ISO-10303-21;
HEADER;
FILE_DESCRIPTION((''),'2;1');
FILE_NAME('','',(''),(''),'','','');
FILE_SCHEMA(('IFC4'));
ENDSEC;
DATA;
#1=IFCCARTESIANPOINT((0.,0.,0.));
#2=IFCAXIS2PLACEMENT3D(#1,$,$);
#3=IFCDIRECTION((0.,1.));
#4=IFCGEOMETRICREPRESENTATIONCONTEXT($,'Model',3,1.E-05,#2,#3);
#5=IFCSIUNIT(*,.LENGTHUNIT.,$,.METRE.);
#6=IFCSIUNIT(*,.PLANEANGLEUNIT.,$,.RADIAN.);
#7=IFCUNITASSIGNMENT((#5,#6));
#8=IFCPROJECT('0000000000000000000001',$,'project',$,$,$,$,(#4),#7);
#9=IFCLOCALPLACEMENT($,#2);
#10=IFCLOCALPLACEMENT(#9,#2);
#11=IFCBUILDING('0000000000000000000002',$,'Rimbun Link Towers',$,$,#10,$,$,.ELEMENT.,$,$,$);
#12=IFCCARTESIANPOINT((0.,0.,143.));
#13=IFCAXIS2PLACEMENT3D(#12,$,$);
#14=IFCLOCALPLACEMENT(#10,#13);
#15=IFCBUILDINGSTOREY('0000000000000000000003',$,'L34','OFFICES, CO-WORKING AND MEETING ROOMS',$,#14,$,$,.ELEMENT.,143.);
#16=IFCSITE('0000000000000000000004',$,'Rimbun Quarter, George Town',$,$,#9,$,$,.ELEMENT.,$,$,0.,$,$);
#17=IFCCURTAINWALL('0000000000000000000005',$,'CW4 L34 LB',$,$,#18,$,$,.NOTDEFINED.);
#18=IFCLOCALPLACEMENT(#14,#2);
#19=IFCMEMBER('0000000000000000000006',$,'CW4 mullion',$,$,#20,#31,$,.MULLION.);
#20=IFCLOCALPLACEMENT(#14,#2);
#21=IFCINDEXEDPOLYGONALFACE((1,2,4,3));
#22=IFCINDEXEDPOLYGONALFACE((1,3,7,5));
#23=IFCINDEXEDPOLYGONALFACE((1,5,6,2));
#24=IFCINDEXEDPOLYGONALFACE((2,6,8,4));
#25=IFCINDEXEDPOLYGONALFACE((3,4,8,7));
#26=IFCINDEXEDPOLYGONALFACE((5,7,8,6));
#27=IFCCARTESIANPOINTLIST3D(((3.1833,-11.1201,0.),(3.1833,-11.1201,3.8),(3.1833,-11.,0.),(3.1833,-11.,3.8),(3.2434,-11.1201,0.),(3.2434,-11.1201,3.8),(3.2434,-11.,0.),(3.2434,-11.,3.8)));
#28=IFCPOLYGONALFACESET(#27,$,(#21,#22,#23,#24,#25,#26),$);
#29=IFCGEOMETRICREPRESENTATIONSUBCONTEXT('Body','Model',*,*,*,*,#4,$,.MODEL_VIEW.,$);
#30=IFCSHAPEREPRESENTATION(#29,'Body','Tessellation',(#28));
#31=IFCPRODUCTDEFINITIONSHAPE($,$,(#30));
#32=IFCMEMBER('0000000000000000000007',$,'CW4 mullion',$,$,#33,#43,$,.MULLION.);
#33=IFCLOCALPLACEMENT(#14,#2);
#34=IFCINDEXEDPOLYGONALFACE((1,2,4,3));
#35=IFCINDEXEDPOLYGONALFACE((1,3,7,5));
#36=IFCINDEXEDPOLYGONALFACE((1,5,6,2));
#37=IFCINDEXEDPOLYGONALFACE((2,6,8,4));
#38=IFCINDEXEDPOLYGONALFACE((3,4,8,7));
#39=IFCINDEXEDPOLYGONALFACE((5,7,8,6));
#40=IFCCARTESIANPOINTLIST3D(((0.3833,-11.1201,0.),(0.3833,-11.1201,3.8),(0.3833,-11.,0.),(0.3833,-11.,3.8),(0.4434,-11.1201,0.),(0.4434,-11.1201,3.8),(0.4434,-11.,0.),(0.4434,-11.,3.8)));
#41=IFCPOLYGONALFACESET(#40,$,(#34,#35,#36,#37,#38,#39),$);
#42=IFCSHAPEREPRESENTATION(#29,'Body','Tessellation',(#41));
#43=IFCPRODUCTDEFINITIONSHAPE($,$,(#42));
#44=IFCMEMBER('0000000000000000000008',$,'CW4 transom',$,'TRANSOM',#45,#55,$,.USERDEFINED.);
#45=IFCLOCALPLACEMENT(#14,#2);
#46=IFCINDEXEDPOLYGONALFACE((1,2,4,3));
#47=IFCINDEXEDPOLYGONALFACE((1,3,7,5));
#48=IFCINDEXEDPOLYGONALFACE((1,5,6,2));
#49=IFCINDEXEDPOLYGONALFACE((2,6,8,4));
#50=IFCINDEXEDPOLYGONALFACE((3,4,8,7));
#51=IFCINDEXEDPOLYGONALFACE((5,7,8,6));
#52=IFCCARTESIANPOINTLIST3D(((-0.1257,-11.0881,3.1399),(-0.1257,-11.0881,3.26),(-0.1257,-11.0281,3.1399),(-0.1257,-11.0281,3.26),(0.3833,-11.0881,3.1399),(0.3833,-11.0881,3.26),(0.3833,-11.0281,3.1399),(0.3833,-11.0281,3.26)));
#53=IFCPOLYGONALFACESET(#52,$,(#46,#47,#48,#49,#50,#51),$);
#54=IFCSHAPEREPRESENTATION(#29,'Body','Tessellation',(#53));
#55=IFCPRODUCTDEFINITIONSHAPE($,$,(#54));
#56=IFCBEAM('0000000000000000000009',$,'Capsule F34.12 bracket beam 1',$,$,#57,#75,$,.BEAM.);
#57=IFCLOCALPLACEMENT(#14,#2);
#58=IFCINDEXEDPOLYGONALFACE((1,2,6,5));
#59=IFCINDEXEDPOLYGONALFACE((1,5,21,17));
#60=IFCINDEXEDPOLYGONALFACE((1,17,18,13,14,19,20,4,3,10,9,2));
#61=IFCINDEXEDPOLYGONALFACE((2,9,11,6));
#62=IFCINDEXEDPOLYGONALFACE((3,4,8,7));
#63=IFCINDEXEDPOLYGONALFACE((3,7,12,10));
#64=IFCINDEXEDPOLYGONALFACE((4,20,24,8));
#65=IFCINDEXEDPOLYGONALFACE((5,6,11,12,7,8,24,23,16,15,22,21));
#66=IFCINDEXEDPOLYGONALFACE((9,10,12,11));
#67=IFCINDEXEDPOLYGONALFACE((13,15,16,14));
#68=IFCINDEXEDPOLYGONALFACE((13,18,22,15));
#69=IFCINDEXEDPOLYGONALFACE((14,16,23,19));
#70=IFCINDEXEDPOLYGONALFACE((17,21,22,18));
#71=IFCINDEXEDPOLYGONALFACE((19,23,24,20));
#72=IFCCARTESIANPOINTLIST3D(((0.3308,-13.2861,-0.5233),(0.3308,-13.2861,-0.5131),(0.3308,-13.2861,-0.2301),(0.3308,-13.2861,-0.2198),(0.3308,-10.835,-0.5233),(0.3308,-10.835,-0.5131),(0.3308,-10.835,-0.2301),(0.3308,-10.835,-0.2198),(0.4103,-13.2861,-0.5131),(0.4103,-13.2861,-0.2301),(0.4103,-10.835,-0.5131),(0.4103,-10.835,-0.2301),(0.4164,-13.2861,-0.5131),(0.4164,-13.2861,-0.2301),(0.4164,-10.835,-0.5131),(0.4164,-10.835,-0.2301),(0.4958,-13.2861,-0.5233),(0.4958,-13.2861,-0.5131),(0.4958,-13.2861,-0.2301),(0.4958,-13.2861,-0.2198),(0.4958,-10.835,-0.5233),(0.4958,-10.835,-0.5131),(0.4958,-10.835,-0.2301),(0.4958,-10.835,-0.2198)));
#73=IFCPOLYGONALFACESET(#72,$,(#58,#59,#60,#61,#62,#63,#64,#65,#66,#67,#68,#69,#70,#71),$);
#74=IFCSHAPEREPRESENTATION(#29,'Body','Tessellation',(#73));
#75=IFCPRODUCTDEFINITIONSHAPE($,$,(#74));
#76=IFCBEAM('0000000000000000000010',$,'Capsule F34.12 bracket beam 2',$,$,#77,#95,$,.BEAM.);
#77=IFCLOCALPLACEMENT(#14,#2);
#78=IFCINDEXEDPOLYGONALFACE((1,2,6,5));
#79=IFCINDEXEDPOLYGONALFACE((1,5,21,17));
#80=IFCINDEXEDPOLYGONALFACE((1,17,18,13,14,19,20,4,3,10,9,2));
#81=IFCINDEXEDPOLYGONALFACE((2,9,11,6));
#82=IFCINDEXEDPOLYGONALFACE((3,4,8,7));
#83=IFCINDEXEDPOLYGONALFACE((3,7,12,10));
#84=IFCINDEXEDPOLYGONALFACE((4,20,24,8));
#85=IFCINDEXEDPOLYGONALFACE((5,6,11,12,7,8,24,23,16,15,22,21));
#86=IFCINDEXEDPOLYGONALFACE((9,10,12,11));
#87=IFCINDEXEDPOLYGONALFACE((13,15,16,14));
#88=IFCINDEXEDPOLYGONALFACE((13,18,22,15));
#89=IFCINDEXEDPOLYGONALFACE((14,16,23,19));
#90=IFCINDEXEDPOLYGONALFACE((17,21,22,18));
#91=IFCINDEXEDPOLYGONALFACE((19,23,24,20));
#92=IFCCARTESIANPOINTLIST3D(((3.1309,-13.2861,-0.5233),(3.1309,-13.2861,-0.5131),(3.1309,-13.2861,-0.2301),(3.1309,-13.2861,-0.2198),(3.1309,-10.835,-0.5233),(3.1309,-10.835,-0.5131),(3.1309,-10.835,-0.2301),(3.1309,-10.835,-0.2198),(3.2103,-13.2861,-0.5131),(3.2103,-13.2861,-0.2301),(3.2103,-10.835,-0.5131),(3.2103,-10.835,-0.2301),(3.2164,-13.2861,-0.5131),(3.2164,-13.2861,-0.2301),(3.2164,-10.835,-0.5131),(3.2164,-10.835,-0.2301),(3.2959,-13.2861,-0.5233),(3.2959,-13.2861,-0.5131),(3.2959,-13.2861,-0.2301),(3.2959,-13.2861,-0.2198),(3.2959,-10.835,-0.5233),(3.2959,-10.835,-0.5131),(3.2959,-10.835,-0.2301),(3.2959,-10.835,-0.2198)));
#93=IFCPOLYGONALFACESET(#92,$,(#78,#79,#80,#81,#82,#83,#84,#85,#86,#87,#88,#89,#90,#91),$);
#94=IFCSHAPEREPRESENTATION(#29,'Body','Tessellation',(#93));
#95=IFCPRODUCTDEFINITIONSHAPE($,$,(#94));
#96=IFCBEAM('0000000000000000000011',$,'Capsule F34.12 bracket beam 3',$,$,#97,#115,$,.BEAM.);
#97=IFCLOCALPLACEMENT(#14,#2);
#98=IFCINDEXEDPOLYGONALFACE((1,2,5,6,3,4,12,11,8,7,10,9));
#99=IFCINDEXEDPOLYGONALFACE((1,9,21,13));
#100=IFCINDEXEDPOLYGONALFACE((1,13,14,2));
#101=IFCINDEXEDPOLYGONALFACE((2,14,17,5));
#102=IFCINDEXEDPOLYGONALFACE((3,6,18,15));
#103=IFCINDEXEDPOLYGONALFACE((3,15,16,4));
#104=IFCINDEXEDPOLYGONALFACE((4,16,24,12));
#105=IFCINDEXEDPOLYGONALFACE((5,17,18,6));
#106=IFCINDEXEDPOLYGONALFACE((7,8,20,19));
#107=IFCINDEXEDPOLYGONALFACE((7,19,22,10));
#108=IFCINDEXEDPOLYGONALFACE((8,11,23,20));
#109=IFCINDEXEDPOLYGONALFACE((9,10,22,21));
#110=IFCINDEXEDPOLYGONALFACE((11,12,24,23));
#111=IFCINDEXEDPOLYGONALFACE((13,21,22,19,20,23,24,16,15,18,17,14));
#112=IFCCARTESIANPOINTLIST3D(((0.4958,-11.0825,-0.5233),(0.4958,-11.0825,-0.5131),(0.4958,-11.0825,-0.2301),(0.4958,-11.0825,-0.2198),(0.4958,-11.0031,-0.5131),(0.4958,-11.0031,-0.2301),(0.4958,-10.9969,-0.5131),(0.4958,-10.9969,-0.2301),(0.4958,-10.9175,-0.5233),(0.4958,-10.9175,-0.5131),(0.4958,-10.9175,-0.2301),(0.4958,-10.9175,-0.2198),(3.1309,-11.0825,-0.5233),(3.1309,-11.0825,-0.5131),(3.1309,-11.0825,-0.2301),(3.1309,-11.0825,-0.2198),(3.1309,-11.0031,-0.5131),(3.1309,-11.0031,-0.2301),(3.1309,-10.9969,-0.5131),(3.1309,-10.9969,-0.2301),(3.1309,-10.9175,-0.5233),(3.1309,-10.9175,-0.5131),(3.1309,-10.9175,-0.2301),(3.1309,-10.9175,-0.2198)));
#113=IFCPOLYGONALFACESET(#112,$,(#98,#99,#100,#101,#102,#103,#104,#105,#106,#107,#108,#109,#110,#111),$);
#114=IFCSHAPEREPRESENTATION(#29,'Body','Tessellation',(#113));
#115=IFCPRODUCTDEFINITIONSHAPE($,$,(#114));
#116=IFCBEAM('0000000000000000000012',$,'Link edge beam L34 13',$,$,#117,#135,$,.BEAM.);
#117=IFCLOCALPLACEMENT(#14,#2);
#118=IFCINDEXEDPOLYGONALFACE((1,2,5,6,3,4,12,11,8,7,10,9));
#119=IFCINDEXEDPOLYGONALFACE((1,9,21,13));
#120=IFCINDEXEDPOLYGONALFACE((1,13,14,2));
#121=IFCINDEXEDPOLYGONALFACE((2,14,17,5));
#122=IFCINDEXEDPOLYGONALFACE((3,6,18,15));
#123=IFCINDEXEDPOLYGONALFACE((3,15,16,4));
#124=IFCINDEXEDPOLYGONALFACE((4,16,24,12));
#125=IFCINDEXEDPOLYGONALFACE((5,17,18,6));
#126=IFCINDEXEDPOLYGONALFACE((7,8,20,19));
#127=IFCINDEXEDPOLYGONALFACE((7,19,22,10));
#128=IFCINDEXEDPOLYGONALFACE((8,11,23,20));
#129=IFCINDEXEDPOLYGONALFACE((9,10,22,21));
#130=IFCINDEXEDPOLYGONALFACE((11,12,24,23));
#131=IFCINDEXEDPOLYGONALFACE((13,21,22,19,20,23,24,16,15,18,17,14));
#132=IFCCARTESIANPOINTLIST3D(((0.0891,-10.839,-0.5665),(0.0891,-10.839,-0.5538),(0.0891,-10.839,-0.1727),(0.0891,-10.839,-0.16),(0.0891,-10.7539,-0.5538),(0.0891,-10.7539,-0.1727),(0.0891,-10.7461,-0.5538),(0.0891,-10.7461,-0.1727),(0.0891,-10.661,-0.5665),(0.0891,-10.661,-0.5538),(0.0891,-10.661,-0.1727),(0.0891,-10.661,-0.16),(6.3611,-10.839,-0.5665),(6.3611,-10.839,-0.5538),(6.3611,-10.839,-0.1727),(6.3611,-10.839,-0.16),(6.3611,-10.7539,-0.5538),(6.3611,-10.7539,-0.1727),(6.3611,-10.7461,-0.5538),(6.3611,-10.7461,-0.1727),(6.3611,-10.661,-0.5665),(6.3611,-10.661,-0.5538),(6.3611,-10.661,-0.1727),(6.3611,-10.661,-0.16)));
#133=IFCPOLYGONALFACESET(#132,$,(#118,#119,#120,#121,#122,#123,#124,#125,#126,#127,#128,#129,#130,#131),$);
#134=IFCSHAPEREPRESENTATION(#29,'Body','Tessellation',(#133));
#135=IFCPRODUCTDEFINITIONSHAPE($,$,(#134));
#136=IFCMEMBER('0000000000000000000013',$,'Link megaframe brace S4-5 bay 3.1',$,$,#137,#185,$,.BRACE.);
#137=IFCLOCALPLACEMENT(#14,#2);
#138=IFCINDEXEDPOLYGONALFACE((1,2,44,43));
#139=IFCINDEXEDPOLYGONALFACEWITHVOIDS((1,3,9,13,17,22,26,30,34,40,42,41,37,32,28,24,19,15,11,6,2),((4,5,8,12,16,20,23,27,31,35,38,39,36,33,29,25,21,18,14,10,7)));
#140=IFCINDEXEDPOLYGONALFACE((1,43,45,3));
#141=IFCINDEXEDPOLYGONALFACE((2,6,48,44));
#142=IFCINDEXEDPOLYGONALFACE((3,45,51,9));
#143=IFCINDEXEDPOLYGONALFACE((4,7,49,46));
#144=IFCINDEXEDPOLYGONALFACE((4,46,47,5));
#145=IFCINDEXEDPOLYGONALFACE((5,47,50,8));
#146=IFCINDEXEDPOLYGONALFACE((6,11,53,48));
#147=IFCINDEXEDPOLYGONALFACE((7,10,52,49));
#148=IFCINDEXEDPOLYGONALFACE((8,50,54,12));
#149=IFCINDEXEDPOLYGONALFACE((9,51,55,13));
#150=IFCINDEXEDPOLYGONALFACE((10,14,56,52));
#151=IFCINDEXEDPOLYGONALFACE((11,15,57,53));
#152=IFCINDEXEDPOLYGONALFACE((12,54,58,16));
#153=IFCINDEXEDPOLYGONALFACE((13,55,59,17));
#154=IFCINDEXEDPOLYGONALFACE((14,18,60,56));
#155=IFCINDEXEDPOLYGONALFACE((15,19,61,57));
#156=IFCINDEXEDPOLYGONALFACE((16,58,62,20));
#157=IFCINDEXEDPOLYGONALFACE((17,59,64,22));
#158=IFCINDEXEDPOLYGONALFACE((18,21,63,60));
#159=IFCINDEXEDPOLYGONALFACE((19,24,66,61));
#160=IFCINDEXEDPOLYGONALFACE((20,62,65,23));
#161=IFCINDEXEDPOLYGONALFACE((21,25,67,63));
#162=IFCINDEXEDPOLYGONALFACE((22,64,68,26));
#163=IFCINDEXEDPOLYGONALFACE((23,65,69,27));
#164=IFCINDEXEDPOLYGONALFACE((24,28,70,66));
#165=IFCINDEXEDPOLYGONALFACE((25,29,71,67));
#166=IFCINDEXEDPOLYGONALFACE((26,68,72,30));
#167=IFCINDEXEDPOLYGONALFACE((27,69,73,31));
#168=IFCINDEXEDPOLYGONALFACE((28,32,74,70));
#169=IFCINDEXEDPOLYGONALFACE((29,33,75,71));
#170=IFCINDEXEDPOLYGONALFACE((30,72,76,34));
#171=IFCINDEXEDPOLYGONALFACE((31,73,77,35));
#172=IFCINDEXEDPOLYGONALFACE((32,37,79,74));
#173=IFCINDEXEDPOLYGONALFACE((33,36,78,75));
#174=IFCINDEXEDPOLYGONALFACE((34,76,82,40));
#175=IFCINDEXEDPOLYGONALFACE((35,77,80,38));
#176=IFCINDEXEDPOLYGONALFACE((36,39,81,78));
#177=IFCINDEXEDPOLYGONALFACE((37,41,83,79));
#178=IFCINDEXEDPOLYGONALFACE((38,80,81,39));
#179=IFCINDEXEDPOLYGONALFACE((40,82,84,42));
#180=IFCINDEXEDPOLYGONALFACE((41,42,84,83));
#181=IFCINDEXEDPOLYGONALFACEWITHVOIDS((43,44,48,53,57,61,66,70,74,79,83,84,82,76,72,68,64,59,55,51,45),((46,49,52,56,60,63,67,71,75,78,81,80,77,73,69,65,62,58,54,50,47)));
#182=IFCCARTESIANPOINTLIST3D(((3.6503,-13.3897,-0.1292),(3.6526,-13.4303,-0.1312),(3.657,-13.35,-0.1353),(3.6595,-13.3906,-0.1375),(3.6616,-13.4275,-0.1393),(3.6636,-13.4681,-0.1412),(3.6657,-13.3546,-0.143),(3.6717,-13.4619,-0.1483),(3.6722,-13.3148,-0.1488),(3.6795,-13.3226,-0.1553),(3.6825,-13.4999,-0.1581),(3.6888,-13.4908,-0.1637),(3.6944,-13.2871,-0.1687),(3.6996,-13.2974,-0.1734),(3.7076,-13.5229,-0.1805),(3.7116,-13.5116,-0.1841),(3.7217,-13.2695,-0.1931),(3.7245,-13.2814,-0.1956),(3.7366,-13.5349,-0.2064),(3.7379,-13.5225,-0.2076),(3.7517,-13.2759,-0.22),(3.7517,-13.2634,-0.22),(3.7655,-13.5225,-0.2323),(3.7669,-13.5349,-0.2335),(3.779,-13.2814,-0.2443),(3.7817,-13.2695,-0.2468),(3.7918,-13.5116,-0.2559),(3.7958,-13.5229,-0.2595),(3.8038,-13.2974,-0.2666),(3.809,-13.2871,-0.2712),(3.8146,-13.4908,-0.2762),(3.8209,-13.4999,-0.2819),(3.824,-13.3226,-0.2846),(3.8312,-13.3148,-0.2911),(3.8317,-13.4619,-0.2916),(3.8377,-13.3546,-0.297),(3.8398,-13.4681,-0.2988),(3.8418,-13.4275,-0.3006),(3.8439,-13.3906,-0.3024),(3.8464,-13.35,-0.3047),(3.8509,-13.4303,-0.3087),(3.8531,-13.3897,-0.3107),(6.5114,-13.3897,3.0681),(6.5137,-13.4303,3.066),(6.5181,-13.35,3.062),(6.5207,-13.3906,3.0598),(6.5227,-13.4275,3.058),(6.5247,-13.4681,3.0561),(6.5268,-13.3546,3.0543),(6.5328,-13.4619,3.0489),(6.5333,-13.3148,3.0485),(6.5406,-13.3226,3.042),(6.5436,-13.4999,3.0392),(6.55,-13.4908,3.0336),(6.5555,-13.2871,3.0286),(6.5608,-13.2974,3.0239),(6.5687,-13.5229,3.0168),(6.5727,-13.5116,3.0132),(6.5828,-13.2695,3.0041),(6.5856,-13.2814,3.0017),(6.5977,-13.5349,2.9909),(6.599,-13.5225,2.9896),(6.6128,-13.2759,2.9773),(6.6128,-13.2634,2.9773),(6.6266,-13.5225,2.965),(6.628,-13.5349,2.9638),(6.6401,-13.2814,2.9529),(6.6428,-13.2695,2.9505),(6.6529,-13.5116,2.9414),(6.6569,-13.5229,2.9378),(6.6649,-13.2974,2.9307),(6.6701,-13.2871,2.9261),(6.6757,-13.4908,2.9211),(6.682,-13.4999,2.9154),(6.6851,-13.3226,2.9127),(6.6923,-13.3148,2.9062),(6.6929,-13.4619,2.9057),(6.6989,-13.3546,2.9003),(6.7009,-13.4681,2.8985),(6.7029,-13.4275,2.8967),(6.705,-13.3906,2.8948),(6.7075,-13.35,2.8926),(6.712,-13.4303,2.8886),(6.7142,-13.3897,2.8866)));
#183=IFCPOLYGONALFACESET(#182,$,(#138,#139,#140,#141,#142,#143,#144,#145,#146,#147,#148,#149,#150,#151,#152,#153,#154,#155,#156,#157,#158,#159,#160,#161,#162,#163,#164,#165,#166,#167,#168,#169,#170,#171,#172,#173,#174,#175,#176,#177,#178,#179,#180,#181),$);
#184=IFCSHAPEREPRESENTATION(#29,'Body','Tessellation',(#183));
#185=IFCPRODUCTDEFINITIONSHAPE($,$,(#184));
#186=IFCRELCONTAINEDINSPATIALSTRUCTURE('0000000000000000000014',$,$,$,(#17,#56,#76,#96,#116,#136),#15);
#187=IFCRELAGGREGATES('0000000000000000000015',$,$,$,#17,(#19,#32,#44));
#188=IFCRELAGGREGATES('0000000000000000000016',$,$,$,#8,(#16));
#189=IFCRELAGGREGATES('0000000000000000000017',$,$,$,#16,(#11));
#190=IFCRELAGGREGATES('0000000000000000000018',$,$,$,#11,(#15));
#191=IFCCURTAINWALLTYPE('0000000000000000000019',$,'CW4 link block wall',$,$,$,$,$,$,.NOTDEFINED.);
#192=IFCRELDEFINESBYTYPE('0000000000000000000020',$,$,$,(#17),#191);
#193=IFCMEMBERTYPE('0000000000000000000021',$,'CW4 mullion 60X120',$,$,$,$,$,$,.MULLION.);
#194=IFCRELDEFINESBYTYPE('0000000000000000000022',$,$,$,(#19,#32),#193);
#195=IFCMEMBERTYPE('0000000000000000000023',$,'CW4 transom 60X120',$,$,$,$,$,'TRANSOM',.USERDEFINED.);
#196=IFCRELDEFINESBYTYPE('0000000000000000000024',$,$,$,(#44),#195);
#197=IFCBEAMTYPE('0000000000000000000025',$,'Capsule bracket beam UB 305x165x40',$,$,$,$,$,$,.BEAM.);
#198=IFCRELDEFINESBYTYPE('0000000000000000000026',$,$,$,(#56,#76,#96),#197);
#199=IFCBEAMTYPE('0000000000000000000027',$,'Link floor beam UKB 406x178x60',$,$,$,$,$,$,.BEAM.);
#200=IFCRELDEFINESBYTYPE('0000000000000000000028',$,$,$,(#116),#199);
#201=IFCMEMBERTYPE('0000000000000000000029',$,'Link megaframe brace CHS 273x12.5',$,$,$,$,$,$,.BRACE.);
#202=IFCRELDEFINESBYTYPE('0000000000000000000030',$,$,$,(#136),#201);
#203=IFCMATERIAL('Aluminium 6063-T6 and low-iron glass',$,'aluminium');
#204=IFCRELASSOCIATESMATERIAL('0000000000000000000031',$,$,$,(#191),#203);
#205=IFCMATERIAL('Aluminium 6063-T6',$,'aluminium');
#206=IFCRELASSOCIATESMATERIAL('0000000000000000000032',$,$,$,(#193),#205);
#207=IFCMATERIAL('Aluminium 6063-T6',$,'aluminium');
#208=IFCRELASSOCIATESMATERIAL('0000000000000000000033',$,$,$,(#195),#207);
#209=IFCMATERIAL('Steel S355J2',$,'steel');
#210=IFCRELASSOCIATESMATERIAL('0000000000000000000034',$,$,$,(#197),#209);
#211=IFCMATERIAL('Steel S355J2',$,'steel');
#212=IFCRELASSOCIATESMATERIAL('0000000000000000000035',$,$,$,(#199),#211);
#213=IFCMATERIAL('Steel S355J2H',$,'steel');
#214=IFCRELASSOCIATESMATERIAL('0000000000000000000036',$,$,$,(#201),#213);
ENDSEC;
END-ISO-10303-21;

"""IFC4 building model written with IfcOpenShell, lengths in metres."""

from ifc_helpers import new_model, si_unit, direction, frame, origin, origin_2d, place, context, subcontext, project, spatial, rectangle, hollow_circle, i_section, extrude, material, material_profile, profile_set, type_object, element, aggregate, save


model = new_model("IFC4")

# Units and contexts
model_context = context("Model", 3, precision=1e-05, world=origin(), true_north=direction((0.0, 1.0)))
body_context = subcontext(model_context, "Body", "Model", "MODEL_VIEW")
ifc_project = project(units=[si_unit("LENGTHUNIT", "METRE"), si_unit("PLANEANGLEUNIT", "RADIAN")], contexts=[model_context])

# Site, building, storey
site_placement = place(None, origin())
site = spatial("IfcSite", under=ifc_project, at=site_placement, Name="Rimbun Quarter, George Town", CompositionType="ELEMENT", RefElevation=0.0)
building_placement = place(site_placement, origin())
building = spatial("IfcBuilding", under=site, at=building_placement, Name="Rimbun Link Towers", CompositionType="ELEMENT")
storey_placement = place(building_placement, frame((0.0, 0.0, 143.0)))
storey = spatial("IfcBuildingStorey", under=building, at=storey_placement, Name="L34", Description="OFFICES, CO-WORKING AND MEETING ROOMS", CompositionType="ELEMENT", Elevation=143.0)

# Curtain wall, members
ifc_material_1 = material(Name="Aluminium 6063-T6 and low-iron glass", Category="aluminium")
curtain_wall_type = type_object("IfcCurtainWallType", Name="CW4 link block wall", PredefinedType="NOTDEFINED", material=ifc_material_1)
curtain_wall_placement = place(storey_placement, origin())
curtain_wall = element("IfcCurtainWall", 1, at=curtain_wall_placement, inside=storey, type_object=curtain_wall_type, Name="CW4 L34 LB", PredefinedType="NOTDEFINED")
ifc_material_2 = material(Name="Aluminium 6063-T6", Category="aluminium")
ifc_material_profile_1 = material_profile(ifc_material_2, rectangle(XDim=0.1201, YDim=0.0601, at=origin_2d()), Name="MULLION 60X120")
ifc_profile_set_1 = profile_set([ifc_material_profile_1], Name="Aluminium 6063-T6")
member_type_1 = type_object("IfcMemberType", Name="CW4 mullion 60X120", PredefinedType="MULLION", material=ifc_profile_set_1)
member_1_placement = place(storey_placement, frame((3.2134, -11.0601, 0.0), z_axis=(0.0, 0.0, 1.0), x_axis=(0.0, -1.0, 0.0)))
member_1 = element("IfcMember", 2, at=member_1_placement, type_object=member_type_1, Name="CW4 mullion", PredefinedType="MULLION", context=body_context, shape_type="SweptSolid", body=[
    extrude(rectangle(XDim=0.1201, YDim=0.0601, at=origin_2d()), origin(), (0.0, 0.0, 1.0), 3.8),
])
member_2_placement = place(storey_placement, frame((0.4133, -11.0601, 0.0), z_axis=(0.0, 0.0, 1.0), x_axis=(0.0, -1.0, 0.0)))
member_2 = element("IfcMember", 3, at=member_2_placement, type_object=member_type_1, Name="CW4 mullion", PredefinedType="MULLION", context=body_context, shape_type="SweptSolid", body=[
    extrude(rectangle(XDim=0.1201, YDim=0.0601, at=origin_2d()), origin(), (0.0, 0.0, 1.0), 3.8),
])
ifc_material_3 = material(Name="Aluminium 6063-T6", Category="aluminium")
ifc_material_profile_2 = material_profile(ifc_material_3, rectangle(XDim=0.0601, YDim=0.1201, at=origin_2d()), Name="TRANSOM 60X120")
ifc_profile_set_2 = profile_set([ifc_material_profile_2], Name="Aluminium 6063-T6")
member_type_2 = type_object("IfcMemberType", Name="CW4 transom 60X120", ElementType="TRANSOM", PredefinedType="USERDEFINED", material=ifc_profile_set_2)
member_3_placement = place(storey_placement, frame((0.3833, -11.0581, 3.2), z_axis=(-1.0, 0.0, 0.0), x_axis=(0.0, -1.0, 0.0)))
member_3 = element("IfcMember", 4, at=member_3_placement, type_object=member_type_2, Name="CW4 transom", ObjectType="TRANSOM", PredefinedType="USERDEFINED", context=body_context, shape_type="SweptSolid", body=[
    extrude(rectangle(XDim=0.0601, YDim=0.1201, at=origin_2d()), origin(), (0.0, 0.0, 1.0), 0.509),
])

# Beams
ifc_material_4 = material(Name="Steel S355J2", Category="steel")
ifc_material_profile_3 = material_profile(ifc_material_4, i_section(OverallWidth=0.165, OverallDepth=0.3035, WebThickness=0.0061, FlangeThickness=0.0103, at=origin_2d()), Name="UB 305x165x40")
ifc_profile_set_3 = profile_set([ifc_material_profile_3], Name="Steel S355J2")
beam_type_1 = type_object("IfcBeamType", Name="Capsule bracket beam UB 305x165x40", PredefinedType="BEAM", material=ifc_profile_set_3)
for number, where, z_axis, x_axis, name in (
    (5, (0.4133, -10.835, -0.3716), (0.0, -1.0, 0.0), (1.0, 0.0, 0.0), "Capsule F34.12 bracket beam 1"),
    (6, (3.2134, -10.835, -0.3716), (0.0, -1.0, 0.0), (1.0, 0.0, 0.0), "Capsule F34.12 bracket beam 2"),
):
    element("IfcBeam", number, at=place(storey_placement, frame(where, z_axis=z_axis, x_axis=x_axis)), inside=storey, type_object=beam_type_1, Name=name, PredefinedType="BEAM", context=body_context, shape_type="SweptSolid", body=[
        extrude(i_section(OverallWidth=0.165, OverallDepth=0.3035, WebThickness=0.0061, FlangeThickness=0.0103, at=origin_2d()), origin(), (0.0, 0.0, 1.0), 2.4512),
    ])
beam_1_placement = place(storey_placement, frame((0.4958, -11.0, -0.3716), z_axis=(1.0, 0.0, 0.0), x_axis=(0.0, 1.0, 0.0)))
element("IfcBeam", 7, at=beam_1_placement, inside=storey, type_object=beam_type_1, Name="Capsule F34.12 bracket beam 3", PredefinedType="BEAM", context=body_context, shape_type="SweptSolid", body=[
    extrude(i_section(OverallWidth=0.165, OverallDepth=0.3035, WebThickness=0.0061, FlangeThickness=0.0103, at=origin_2d()), origin(), (0.0, 0.0, 1.0), 2.635),
])
ifc_material_5 = material(Name="Steel S355J2", Category="steel")
ifc_material_profile_4 = material_profile(ifc_material_5, i_section(OverallWidth=0.178, OverallDepth=0.4065, WebThickness=0.0078, FlangeThickness=0.0127, at=origin_2d()), Name="UKB 406x178x60")
ifc_profile_set_4 = profile_set([ifc_material_profile_4], Name="Steel S355J2")
beam_type_2 = type_object("IfcBeamType", Name="Link floor beam UKB 406x178x60", PredefinedType="BEAM", material=ifc_profile_set_4)
beam_2_placement = place(storey_placement, frame((0.0891, -10.75, -0.3633), z_axis=(1.0, 0.0, 0.0), x_axis=(0.0, 1.0, 0.0)))
element("IfcBeam", 8, at=beam_2_placement, inside=storey, type_object=beam_type_2, Name="Link edge beam L34 13", PredefinedType="BEAM", context=body_context, shape_type="SweptSolid", body=[
    extrude(i_section(OverallWidth=0.178, OverallDepth=0.4065, WebThickness=0.0078, FlangeThickness=0.0127, at=origin_2d()), origin(), (0.0, 0.0, 1.0), 6.272),
])

# Member
ifc_material_6 = material(Name="Steel S355J2H", Category="steel")
ifc_material_profile_5 = material_profile(ifc_material_6, hollow_circle(Radius=0.1365, WallThickness=0.0125, at=origin_2d()), Name="CHS 273x12.5")
ifc_profile_set_5 = profile_set([ifc_material_profile_5], Name="Steel S355J2H")
member_type_3 = type_object("IfcMemberType", Name="Link megaframe brace CHS 273x12.5", PredefinedType="BRACE", material=ifc_profile_set_5)
member_4_placement = place(storey_placement, frame((3.7517, -13.3999, -0.22), z_axis=(0.666843, 0.0, 0.745198), x_axis=(0.0, 1.0, 0.0)))
element("IfcMember", 9, at=member_4_placement, inside=storey, type_object=member_type_3, Name="Link megaframe brace S4-5 bay 3.1", PredefinedType="BRACE", context=body_context, shape_type="SweptSolid", body=[
    extrude(hollow_circle(Radius=0.1365, WallThickness=0.0125, at=origin_2d()), origin(), (0.0, 0.0, 1.0), 4.2905),
])

aggregate(curtain_wall, [member_1, member_2, member_3])

save(model, "model.ifc")
